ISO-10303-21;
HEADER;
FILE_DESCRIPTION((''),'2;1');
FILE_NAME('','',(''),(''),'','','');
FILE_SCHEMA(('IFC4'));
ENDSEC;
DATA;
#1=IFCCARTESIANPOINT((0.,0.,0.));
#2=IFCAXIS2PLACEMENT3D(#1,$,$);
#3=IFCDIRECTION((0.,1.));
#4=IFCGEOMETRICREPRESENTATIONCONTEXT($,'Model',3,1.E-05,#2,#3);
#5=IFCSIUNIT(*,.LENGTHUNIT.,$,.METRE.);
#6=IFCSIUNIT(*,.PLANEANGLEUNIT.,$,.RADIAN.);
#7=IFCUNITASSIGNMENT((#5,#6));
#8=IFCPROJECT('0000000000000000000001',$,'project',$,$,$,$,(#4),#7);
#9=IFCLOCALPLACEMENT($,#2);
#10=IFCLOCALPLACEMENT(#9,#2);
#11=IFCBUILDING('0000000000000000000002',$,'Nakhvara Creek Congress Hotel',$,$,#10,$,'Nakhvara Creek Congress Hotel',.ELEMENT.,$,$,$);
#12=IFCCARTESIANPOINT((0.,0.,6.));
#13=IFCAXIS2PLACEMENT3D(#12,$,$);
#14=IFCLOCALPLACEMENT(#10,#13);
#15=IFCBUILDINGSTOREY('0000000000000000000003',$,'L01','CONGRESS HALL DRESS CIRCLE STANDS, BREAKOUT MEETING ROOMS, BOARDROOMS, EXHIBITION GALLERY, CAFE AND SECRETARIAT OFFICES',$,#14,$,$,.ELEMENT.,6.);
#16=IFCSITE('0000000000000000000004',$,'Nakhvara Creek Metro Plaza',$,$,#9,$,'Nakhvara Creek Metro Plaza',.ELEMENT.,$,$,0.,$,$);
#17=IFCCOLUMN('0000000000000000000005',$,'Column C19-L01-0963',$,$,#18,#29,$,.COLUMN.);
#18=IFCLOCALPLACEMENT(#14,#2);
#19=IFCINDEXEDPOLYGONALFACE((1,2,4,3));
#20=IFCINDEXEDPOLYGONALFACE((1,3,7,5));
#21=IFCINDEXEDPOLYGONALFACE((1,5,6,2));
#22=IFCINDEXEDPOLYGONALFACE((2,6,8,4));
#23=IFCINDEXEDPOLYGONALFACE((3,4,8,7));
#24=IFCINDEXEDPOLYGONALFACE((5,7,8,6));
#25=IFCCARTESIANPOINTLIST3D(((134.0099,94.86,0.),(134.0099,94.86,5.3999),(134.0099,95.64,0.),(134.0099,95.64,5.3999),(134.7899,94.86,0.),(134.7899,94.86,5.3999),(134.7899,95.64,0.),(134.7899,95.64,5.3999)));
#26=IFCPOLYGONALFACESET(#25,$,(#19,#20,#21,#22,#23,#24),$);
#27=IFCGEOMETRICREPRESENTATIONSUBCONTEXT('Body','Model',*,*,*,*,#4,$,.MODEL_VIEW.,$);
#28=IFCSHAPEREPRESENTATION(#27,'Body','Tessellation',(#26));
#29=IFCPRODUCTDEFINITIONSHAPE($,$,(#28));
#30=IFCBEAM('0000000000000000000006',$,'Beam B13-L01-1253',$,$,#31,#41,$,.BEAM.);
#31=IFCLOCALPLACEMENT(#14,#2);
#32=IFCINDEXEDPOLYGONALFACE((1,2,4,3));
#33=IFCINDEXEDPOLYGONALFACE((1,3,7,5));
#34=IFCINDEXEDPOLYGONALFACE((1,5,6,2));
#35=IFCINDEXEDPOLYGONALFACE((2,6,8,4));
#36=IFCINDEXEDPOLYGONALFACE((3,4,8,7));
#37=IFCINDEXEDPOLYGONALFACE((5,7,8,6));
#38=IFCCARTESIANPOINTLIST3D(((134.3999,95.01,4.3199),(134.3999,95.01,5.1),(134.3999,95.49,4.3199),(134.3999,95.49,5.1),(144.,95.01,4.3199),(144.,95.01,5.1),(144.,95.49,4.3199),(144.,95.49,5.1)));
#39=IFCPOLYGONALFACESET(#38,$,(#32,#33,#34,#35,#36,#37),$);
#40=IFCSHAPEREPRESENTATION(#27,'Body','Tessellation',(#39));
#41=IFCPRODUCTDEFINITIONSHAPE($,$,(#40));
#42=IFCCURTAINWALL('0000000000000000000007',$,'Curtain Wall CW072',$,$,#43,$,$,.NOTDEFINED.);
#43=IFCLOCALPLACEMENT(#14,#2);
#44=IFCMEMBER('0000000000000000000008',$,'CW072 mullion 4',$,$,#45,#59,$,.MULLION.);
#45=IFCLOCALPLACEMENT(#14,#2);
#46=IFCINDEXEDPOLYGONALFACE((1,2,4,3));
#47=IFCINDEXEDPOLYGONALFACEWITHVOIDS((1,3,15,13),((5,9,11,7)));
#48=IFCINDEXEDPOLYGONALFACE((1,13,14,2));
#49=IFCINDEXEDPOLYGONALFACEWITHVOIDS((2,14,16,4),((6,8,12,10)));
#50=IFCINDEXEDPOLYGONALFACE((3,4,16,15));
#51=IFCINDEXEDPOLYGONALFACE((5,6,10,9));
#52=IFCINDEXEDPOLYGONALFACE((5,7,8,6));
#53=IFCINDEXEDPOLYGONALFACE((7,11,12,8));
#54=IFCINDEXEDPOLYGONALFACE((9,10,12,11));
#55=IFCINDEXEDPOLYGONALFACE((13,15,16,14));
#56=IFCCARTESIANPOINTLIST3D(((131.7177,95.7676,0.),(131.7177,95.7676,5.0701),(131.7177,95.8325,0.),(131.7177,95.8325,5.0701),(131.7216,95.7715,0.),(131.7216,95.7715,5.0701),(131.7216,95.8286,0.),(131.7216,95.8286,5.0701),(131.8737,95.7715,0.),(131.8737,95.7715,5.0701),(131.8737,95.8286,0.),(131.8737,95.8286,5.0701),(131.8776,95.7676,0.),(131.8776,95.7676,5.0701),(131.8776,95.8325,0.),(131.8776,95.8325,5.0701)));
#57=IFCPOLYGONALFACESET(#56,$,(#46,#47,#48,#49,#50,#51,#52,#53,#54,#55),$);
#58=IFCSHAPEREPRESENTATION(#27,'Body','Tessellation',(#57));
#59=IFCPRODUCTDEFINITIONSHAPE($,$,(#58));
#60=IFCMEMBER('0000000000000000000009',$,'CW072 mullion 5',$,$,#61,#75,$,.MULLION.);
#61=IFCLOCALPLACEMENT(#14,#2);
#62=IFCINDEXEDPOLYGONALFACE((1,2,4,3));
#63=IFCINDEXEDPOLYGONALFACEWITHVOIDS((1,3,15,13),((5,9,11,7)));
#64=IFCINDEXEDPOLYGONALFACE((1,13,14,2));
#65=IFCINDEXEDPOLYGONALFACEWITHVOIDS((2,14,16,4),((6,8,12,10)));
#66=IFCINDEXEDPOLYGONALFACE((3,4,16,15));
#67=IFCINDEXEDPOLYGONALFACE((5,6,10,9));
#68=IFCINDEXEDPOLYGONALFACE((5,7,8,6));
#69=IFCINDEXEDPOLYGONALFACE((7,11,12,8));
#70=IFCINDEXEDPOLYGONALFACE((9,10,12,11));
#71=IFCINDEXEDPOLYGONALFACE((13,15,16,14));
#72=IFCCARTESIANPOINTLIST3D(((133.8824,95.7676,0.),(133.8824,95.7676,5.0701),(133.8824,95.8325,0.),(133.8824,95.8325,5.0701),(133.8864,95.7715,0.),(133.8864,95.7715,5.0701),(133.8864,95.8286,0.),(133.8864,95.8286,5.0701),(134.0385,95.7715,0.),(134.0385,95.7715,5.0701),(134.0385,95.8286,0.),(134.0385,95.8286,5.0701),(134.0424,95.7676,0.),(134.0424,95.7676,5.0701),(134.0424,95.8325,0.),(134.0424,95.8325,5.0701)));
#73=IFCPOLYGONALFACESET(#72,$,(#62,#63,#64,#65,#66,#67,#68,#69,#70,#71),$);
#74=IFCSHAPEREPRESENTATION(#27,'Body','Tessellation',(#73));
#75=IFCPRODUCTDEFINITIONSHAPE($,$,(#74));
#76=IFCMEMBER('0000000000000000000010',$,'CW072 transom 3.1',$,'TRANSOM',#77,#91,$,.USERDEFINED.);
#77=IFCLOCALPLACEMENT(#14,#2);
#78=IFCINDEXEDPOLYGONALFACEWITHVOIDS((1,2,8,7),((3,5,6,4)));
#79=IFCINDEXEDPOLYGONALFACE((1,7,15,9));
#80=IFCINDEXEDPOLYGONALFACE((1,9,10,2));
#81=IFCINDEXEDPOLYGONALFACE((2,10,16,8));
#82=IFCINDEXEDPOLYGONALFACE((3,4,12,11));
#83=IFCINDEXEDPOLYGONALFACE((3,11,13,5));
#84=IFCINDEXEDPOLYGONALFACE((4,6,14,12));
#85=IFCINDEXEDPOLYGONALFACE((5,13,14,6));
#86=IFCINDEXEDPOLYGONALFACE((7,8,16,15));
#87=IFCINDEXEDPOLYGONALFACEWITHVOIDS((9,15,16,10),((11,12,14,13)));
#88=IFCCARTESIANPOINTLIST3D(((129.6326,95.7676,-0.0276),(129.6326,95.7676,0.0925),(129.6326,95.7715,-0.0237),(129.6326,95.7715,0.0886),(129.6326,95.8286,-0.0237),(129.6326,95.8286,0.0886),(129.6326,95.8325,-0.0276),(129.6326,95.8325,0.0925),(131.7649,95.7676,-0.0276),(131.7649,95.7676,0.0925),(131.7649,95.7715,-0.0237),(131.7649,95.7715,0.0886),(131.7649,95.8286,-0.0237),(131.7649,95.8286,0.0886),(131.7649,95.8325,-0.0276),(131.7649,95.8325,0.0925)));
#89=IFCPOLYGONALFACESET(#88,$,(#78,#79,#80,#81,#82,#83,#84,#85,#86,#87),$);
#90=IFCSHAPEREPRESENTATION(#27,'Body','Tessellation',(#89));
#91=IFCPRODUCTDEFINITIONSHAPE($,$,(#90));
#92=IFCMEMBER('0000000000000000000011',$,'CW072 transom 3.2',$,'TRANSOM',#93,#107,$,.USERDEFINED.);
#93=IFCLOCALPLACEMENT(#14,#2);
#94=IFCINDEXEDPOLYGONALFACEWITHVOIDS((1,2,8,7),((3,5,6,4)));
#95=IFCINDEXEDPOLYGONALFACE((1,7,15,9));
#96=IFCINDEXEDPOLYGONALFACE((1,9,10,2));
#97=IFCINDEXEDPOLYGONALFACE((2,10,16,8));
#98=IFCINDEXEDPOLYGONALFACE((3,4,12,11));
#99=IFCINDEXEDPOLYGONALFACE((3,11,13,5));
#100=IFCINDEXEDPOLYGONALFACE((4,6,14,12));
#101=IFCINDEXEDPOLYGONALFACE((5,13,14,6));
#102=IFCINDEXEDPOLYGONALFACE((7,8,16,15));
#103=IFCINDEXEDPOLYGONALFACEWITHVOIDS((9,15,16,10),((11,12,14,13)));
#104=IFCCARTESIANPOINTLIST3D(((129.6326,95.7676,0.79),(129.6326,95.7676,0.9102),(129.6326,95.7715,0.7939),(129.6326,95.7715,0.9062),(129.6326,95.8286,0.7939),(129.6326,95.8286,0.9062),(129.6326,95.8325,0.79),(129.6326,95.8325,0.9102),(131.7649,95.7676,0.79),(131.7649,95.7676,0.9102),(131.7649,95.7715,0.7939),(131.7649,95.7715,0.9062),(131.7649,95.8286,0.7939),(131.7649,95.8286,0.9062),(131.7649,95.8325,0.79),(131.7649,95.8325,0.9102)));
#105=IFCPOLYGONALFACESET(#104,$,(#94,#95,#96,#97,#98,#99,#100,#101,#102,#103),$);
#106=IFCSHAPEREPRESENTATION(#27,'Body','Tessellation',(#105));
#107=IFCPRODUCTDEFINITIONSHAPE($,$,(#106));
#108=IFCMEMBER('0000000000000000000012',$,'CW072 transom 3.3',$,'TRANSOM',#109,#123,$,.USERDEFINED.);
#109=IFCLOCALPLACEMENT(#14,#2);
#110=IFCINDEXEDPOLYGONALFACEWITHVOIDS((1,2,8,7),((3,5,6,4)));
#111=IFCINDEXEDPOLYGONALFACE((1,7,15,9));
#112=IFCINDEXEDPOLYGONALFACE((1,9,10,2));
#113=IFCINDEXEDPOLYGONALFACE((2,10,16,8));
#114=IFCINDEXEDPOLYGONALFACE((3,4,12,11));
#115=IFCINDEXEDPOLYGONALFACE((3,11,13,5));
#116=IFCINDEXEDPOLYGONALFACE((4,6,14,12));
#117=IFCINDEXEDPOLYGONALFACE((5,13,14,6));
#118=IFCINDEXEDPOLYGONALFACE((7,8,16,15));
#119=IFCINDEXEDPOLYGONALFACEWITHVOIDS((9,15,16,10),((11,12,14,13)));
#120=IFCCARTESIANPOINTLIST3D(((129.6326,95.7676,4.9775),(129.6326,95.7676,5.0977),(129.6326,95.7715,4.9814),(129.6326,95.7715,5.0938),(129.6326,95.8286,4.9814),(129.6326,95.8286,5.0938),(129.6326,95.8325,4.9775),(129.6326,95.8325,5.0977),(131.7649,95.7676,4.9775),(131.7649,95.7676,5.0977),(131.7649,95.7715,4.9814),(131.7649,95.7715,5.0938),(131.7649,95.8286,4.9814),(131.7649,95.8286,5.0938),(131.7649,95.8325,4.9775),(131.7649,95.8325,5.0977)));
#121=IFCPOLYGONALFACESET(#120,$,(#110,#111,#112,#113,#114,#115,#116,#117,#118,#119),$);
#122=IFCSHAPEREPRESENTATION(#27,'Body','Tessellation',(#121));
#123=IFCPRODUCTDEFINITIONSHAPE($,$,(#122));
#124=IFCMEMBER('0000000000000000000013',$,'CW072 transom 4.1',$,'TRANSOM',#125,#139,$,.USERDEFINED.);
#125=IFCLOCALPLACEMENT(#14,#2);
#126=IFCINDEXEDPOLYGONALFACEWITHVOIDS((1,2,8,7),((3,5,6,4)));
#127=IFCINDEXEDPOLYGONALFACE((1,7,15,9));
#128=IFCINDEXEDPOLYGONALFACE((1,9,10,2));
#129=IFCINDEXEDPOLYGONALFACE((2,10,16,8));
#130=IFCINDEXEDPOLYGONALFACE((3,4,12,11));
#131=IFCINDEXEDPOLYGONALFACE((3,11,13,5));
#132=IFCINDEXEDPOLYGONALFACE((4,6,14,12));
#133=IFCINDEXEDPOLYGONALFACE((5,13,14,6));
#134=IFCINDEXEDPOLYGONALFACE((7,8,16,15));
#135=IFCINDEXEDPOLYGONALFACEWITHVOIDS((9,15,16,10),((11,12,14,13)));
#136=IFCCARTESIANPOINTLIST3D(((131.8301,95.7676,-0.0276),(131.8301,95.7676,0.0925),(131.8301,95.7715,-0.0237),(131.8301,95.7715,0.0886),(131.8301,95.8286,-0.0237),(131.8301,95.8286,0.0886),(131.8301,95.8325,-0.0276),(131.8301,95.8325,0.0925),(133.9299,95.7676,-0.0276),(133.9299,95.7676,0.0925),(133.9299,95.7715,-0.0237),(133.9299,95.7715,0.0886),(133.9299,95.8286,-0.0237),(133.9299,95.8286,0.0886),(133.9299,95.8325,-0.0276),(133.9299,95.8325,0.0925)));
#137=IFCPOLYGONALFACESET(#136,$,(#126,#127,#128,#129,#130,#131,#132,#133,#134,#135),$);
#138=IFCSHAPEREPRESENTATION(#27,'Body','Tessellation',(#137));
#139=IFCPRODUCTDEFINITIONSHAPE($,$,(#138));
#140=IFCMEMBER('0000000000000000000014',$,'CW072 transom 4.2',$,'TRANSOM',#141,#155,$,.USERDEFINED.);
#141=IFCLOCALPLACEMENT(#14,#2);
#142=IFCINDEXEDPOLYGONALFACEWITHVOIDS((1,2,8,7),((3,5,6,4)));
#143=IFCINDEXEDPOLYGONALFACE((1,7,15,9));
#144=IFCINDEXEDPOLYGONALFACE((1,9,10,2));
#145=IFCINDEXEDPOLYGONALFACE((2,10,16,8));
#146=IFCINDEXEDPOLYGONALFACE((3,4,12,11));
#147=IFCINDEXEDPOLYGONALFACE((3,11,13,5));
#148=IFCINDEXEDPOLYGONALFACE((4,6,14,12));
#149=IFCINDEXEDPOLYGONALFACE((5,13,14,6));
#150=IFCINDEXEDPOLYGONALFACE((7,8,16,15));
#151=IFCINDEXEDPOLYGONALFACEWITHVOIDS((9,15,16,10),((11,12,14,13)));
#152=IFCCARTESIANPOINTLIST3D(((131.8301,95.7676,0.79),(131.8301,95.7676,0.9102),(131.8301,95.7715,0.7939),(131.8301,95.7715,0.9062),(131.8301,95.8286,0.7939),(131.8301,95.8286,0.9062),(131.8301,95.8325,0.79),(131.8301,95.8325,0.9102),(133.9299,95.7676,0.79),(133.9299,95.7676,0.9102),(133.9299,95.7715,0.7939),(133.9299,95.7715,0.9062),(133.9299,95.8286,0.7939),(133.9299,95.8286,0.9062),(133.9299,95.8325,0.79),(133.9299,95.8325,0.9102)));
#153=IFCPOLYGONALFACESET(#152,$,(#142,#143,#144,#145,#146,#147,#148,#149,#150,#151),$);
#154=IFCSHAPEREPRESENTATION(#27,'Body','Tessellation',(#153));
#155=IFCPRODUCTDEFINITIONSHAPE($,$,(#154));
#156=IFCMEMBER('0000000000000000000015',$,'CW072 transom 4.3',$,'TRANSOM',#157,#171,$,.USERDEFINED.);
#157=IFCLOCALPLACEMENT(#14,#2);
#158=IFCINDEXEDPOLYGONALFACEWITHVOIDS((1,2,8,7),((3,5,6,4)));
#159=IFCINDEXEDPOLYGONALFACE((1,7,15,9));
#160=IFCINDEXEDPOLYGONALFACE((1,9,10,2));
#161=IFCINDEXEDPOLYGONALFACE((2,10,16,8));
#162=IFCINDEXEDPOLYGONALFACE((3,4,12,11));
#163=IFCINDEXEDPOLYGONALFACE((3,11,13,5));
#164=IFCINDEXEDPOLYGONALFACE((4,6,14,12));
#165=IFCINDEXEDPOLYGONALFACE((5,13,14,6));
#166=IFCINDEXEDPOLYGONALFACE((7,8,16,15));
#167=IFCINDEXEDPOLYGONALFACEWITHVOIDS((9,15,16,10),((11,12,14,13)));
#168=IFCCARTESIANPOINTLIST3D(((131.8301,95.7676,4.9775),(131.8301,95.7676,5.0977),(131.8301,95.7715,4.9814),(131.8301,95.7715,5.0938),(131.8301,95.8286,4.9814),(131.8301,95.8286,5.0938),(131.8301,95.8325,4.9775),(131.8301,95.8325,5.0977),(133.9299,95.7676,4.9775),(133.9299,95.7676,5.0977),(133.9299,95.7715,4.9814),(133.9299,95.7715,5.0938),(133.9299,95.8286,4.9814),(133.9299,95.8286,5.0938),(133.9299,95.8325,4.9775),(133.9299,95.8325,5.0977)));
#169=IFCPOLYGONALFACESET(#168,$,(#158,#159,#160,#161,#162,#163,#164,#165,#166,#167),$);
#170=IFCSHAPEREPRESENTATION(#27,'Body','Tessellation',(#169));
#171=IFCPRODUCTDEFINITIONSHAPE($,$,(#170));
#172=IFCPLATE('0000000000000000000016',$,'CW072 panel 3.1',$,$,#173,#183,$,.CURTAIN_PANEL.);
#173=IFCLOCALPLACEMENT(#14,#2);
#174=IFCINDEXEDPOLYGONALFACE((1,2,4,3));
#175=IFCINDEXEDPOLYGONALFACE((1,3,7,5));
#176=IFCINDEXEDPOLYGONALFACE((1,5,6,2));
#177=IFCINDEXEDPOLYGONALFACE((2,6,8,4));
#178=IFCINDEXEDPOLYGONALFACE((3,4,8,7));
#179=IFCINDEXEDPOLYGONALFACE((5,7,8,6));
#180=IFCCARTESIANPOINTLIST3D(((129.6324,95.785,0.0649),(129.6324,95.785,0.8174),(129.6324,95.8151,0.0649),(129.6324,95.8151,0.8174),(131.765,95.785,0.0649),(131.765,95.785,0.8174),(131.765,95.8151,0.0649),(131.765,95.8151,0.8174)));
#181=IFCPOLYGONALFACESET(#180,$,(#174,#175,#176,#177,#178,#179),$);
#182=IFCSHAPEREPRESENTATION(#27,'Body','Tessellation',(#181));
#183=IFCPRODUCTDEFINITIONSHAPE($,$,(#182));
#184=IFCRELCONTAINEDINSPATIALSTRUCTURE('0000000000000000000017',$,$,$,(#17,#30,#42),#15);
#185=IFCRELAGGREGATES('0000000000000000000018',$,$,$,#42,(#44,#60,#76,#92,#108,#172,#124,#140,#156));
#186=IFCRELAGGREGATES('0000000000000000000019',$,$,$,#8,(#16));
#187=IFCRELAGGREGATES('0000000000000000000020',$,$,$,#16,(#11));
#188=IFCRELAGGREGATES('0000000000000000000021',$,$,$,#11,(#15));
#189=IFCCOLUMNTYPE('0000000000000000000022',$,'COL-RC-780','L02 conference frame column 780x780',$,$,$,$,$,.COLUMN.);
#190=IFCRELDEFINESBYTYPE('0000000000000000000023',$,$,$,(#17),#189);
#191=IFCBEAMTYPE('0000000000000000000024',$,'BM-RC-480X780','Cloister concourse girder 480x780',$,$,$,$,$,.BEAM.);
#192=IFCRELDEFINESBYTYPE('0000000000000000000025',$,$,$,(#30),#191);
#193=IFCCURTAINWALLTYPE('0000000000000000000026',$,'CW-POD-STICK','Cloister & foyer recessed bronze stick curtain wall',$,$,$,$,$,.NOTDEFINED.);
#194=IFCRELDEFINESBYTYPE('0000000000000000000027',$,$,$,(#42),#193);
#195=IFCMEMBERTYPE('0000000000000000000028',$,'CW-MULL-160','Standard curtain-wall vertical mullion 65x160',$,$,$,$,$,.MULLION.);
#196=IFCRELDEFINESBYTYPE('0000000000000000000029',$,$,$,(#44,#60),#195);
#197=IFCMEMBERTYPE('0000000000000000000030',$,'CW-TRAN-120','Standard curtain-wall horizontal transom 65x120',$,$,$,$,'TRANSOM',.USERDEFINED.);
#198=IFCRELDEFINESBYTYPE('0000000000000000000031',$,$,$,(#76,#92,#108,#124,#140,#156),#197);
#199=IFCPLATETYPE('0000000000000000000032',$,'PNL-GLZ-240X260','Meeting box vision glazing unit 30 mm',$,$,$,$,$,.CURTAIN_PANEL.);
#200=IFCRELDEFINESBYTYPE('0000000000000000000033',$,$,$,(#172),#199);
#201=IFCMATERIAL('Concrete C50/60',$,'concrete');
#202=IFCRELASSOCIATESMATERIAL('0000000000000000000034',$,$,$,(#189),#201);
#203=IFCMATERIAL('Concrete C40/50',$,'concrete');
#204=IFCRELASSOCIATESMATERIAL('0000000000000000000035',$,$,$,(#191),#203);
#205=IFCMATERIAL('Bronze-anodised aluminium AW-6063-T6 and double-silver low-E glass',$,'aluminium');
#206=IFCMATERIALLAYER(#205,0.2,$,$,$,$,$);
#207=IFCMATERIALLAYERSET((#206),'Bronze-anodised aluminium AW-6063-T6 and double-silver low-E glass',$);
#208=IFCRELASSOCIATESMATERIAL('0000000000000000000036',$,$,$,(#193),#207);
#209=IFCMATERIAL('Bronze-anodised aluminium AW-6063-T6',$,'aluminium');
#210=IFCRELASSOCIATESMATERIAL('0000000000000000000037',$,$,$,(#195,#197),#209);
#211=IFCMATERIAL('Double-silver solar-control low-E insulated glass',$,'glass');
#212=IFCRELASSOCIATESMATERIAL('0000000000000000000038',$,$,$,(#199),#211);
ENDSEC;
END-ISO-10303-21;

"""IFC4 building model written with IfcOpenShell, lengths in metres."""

from ifc_helpers import new_model, si_unit, direction, frame, origin, origin_2d, place, context, subcontext, project, spatial, rectangle, hollow_rectangle, extrude, material, layer, layer_set, material_profile, profile_set, type_object, element, aggregate, save


model = new_model("IFC4")

# Units and contexts
model_context = context("Model", 3, precision=1e-05, world=origin(), true_north=direction((0.0, 1.0)))
body_context = subcontext(model_context, "Body", "Model", "MODEL_VIEW")
ifc_project = project(units=[si_unit("LENGTHUNIT", "METRE"), si_unit("PLANEANGLEUNIT", "RADIAN")], contexts=[model_context])

# Site, building, storey
site_placement = place(None, origin())
site = spatial("IfcSite", under=ifc_project, at=site_placement, Name="Nakhvara Creek Metro Plaza", LongName="Nakhvara Creek Metro Plaza", CompositionType="ELEMENT", RefElevation=0.0)
building_placement = place(site_placement, origin())
building = spatial("IfcBuilding", under=site, at=building_placement, Name="Nakhvara Creek Congress Hotel", LongName="Nakhvara Creek Congress Hotel", CompositionType="ELEMENT")
storey_placement = place(building_placement, frame((0.0, 0.0, 6.0)))
storey = spatial("IfcBuildingStorey", under=building, at=storey_placement, Name="L01", Description="CONGRESS HALL DRESS CIRCLE STANDS, BREAKOUT MEETING ROOMS, BOARDROOMS, EXHIBITION GALLERY, CAFE AND SECRETARIAT OFFICES", CompositionType="ELEMENT", Elevation=6.0)

# Column
ifc_material_1 = material(Name="Concrete C50/60", Category="concrete")
ifc_material_profile_1 = material_profile(ifc_material_1, rectangle(XDim=0.78, YDim=0.78, at=origin_2d()), Name="RC-COL 780x780", Category="LoadBearing")
ifc_profile_set_1 = profile_set([ifc_material_profile_1], Name="Concrete C50/60")
column_type = type_object("IfcColumnType", Name="COL-RC-780", Description="L02 conference frame column 780x780", PredefinedType="COLUMN", material=ifc_profile_set_1)
column_placement = place(storey_placement, frame((134.3999, 95.25, 0.0), z_axis=(0.0, 0.0, 1.0), x_axis=(1.0, 0.0, 0.0)))
element("IfcColumn", 1, at=column_placement, inside=storey, type_object=column_type, Name="Column C19-L01-0963", PredefinedType="COLUMN", context=body_context, shape_type="SweptSolid", body=[
    extrude(rectangle(XDim=0.78, YDim=0.78, at=origin_2d()), origin(), (0.0, 0.0, 1.0), 5.3999),
])

# Beam
ifc_material_2 = material(Name="Concrete C40/50", Category="concrete")
ifc_material_profile_2 = material_profile(ifc_material_2, rectangle(XDim=0.48, YDim=0.78, at=origin_2d()), Name="RC-BM 480x780", Category="LoadBearing")
ifc_profile_set_2 = profile_set([ifc_material_profile_2], Name="Concrete C40/50")
beam_type = type_object("IfcBeamType", Name="BM-RC-480X780", Description="Cloister concourse girder 480x780", PredefinedType="BEAM", material=ifc_profile_set_2)
beam_placement = place(storey_placement, frame((134.3999, 95.25, 4.71), z_axis=(1.0, 0.0, 0.0), x_axis=(0.0, 1.0, 0.0)))
element("IfcBeam", 2, at=beam_placement, inside=storey, type_object=beam_type, Name="Beam B13-L01-1253", PredefinedType="BEAM", context=body_context, shape_type="SweptSolid", body=[
    extrude(rectangle(XDim=0.48, YDim=0.78, at=origin_2d()), origin(), (0.0, 0.0, 1.0), 9.6001),
])

# Curtain wall, members, plate
ifc_material_3 = material(Name="Bronze-anodised aluminium AW-6063-T6 and double-silver low-E glass", Category="aluminium")
ifc_layer_1 = layer(ifc_material_3, 0.2)
ifc_layer_set_1 = layer_set([ifc_layer_1], Name="Bronze-anodised aluminium AW-6063-T6 and double-silver low-E glass")
curtain_wall_type = type_object("IfcCurtainWallType", Name="CW-POD-STICK", Description="Cloister & foyer recessed bronze stick curtain wall", PredefinedType="NOTDEFINED", material=ifc_layer_set_1)
curtain_wall_placement = place(storey_placement, origin())
curtain_wall = element("IfcCurtainWall", 3, at=curtain_wall_placement, inside=storey, type_object=curtain_wall_type, Name="Curtain Wall CW072", PredefinedType="NOTDEFINED")
ifc_material_4 = material(Name="Bronze-anodised aluminium AW-6063-T6", Category="aluminium")
ifc_material_profile_3 = material_profile(ifc_material_4, hollow_rectangle(XDim=0.0649, YDim=0.1599, WallThickness=0.0039, at=origin_2d()), Name="ALU-MULL 65x160x4", Category="LoadBearing")
ifc_profile_set_3 = profile_set([ifc_material_profile_3], Name="Bronze-anodised aluminium AW-6063-T6")
member_type_1 = type_object("IfcMemberType", Name="CW-MULL-160", Description="Standard curtain-wall vertical mullion 65x160", PredefinedType="MULLION", material=ifc_profile_set_3)
member_1_placement = place(storey_placement, frame((131.7976, 95.8, 0.0), z_axis=(0.0, 0.0, 1.0), x_axis=(0.0, 1.0, 0.0)))
member_1 = element("IfcMember", 4, at=member_1_placement, type_object=member_type_1, Name="CW072 mullion 4", PredefinedType="MULLION", context=body_context, shape_type="SweptSolid", body=[
    extrude(hollow_rectangle(XDim=0.0649, YDim=0.1599, WallThickness=0.0039, at=origin_2d()), origin(), (0.0, 0.0, 1.0), 5.0701),
])
member_2_placement = place(storey_placement, frame((133.9624, 95.8, 0.0), z_axis=(0.0, 0.0, 1.0), x_axis=(0.0, 1.0, 0.0)))
member_2 = element("IfcMember", 5, at=member_2_placement, type_object=member_type_1, Name="CW072 mullion 5", PredefinedType="MULLION", context=body_context, shape_type="SweptSolid", body=[
    extrude(hollow_rectangle(XDim=0.0649, YDim=0.1599, WallThickness=0.0039, at=origin_2d()), origin(), (0.0, 0.0, 1.0), 5.0701),
])
ifc_material_profile_4 = material_profile(ifc_material_4, hollow_rectangle(XDim=0.0649, YDim=0.1201, WallThickness=0.0039, at=origin_2d()), Name="ALU-TRAN 65x120x4", Category="LoadBearing")
ifc_profile_set_4 = profile_set([ifc_material_profile_4], Name="Bronze-anodised aluminium AW-6063-T6")
member_type_2 = type_object("IfcMemberType", Name="CW-TRAN-120", Description="Standard curtain-wall horizontal transom 65x120", ElementType="TRANSOM", PredefinedType="USERDEFINED", material=ifc_profile_set_4)
member_3_placement = place(storey_placement, frame((129.6326, 95.8, 0.0325), z_axis=(1.0, 0.0, 0.0), x_axis=(0.0, 1.0, 0.0)))
member_3 = element("IfcMember", 6, at=member_3_placement, type_object=member_type_2, Name="CW072 transom 3.1", ObjectType="TRANSOM", PredefinedType="USERDEFINED", context=body_context, shape_type="SweptSolid", body=[
    extrude(hollow_rectangle(XDim=0.0649, YDim=0.1201, WallThickness=0.0039, at=origin_2d()), origin(), (0.0, 0.0, 1.0), 2.1323),
])
member_4_placement = place(storey_placement, frame((129.6326, 95.8, 0.8501), z_axis=(1.0, 0.0, 0.0), x_axis=(0.0, 1.0, 0.0)))
member_4 = element("IfcMember", 7, at=member_4_placement, type_object=member_type_2, Name="CW072 transom 3.2", ObjectType="TRANSOM", PredefinedType="USERDEFINED", context=body_context, shape_type="SweptSolid", body=[
    extrude(hollow_rectangle(XDim=0.0649, YDim=0.1201, WallThickness=0.0039, at=origin_2d()), origin(), (0.0, 0.0, 1.0), 2.1323),
])
member_5_placement = place(storey_placement, frame((129.6326, 95.8, 5.0376), z_axis=(1.0, 0.0, 0.0), x_axis=(0.0, 1.0, 0.0)))
member_5 = element("IfcMember", 8, at=member_5_placement, type_object=member_type_2, Name="CW072 transom 3.3", ObjectType="TRANSOM", PredefinedType="USERDEFINED", context=body_context, shape_type="SweptSolid", body=[
    extrude(hollow_rectangle(XDim=0.0649, YDim=0.1201, WallThickness=0.0039, at=origin_2d()), origin(), (0.0, 0.0, 1.0), 2.1323),
])
member_6_placement = place(storey_placement, frame((131.8301, 95.8, 0.0325), z_axis=(1.0, 0.0, 0.0), x_axis=(0.0, 1.0, 0.0)))
member_6 = element("IfcMember", 9, at=member_6_placement, type_object=member_type_2, Name="CW072 transom 4.1", ObjectType="TRANSOM", PredefinedType="USERDEFINED", context=body_context, shape_type="SweptSolid", body=[
    extrude(hollow_rectangle(XDim=0.0649, YDim=0.1201, WallThickness=0.0039, at=origin_2d()), origin(), (0.0, 0.0, 1.0), 2.0999),
])
member_7_placement = place(storey_placement, frame((131.8301, 95.8, 0.8501), z_axis=(1.0, 0.0, 0.0), x_axis=(0.0, 1.0, 0.0)))
member_7 = element("IfcMember", 10, at=member_7_placement, type_object=member_type_2, Name="CW072 transom 4.2", ObjectType="TRANSOM", PredefinedType="USERDEFINED", context=body_context, shape_type="SweptSolid", body=[
    extrude(hollow_rectangle(XDim=0.0649, YDim=0.1201, WallThickness=0.0039, at=origin_2d()), origin(), (0.0, 0.0, 1.0), 2.0999),
])
member_8_placement = place(storey_placement, frame((131.8301, 95.8, 5.0376), z_axis=(1.0, 0.0, 0.0), x_axis=(0.0, 1.0, 0.0)))
member_8 = element("IfcMember", 11, at=member_8_placement, type_object=member_type_2, Name="CW072 transom 4.3", ObjectType="TRANSOM", PredefinedType="USERDEFINED", context=body_context, shape_type="SweptSolid", body=[
    extrude(hollow_rectangle(XDim=0.0649, YDim=0.1201, WallThickness=0.0039, at=origin_2d()), origin(), (0.0, 0.0, 1.0), 2.0999),
])
ifc_material_5 = material(Name="Double-silver solar-control low-E insulated glass", Category="glass")
plate_type = type_object("IfcPlateType", Name="PNL-GLZ-240X260", Description="Meeting box vision glazing unit 30 mm", PredefinedType="CURTAIN_PANEL", material=ifc_material_5)
plate_1_placement = place(storey_placement, frame((130.6987, 95.8, 0.0649), z_axis=(0.0, 0.0, 1.0), x_axis=(1.0, 0.0, 0.0)))
plate_1 = element("IfcPlate", 12, at=plate_1_placement, type_object=plate_type, Name="CW072 panel 3.1", PredefinedType="CURTAIN_PANEL", context=body_context, shape_type="SweptSolid", body=[
    extrude(rectangle(XDim=2.1326, YDim=0.03, at=origin_2d()), origin(), (0.0, 0.0, 1.0), 0.7524),
])
aggregate(curtain_wall, [member_1, member_2, member_3, member_4, member_5, plate_1, member_6, member_7, member_8])

save(model, "model.ifc")
